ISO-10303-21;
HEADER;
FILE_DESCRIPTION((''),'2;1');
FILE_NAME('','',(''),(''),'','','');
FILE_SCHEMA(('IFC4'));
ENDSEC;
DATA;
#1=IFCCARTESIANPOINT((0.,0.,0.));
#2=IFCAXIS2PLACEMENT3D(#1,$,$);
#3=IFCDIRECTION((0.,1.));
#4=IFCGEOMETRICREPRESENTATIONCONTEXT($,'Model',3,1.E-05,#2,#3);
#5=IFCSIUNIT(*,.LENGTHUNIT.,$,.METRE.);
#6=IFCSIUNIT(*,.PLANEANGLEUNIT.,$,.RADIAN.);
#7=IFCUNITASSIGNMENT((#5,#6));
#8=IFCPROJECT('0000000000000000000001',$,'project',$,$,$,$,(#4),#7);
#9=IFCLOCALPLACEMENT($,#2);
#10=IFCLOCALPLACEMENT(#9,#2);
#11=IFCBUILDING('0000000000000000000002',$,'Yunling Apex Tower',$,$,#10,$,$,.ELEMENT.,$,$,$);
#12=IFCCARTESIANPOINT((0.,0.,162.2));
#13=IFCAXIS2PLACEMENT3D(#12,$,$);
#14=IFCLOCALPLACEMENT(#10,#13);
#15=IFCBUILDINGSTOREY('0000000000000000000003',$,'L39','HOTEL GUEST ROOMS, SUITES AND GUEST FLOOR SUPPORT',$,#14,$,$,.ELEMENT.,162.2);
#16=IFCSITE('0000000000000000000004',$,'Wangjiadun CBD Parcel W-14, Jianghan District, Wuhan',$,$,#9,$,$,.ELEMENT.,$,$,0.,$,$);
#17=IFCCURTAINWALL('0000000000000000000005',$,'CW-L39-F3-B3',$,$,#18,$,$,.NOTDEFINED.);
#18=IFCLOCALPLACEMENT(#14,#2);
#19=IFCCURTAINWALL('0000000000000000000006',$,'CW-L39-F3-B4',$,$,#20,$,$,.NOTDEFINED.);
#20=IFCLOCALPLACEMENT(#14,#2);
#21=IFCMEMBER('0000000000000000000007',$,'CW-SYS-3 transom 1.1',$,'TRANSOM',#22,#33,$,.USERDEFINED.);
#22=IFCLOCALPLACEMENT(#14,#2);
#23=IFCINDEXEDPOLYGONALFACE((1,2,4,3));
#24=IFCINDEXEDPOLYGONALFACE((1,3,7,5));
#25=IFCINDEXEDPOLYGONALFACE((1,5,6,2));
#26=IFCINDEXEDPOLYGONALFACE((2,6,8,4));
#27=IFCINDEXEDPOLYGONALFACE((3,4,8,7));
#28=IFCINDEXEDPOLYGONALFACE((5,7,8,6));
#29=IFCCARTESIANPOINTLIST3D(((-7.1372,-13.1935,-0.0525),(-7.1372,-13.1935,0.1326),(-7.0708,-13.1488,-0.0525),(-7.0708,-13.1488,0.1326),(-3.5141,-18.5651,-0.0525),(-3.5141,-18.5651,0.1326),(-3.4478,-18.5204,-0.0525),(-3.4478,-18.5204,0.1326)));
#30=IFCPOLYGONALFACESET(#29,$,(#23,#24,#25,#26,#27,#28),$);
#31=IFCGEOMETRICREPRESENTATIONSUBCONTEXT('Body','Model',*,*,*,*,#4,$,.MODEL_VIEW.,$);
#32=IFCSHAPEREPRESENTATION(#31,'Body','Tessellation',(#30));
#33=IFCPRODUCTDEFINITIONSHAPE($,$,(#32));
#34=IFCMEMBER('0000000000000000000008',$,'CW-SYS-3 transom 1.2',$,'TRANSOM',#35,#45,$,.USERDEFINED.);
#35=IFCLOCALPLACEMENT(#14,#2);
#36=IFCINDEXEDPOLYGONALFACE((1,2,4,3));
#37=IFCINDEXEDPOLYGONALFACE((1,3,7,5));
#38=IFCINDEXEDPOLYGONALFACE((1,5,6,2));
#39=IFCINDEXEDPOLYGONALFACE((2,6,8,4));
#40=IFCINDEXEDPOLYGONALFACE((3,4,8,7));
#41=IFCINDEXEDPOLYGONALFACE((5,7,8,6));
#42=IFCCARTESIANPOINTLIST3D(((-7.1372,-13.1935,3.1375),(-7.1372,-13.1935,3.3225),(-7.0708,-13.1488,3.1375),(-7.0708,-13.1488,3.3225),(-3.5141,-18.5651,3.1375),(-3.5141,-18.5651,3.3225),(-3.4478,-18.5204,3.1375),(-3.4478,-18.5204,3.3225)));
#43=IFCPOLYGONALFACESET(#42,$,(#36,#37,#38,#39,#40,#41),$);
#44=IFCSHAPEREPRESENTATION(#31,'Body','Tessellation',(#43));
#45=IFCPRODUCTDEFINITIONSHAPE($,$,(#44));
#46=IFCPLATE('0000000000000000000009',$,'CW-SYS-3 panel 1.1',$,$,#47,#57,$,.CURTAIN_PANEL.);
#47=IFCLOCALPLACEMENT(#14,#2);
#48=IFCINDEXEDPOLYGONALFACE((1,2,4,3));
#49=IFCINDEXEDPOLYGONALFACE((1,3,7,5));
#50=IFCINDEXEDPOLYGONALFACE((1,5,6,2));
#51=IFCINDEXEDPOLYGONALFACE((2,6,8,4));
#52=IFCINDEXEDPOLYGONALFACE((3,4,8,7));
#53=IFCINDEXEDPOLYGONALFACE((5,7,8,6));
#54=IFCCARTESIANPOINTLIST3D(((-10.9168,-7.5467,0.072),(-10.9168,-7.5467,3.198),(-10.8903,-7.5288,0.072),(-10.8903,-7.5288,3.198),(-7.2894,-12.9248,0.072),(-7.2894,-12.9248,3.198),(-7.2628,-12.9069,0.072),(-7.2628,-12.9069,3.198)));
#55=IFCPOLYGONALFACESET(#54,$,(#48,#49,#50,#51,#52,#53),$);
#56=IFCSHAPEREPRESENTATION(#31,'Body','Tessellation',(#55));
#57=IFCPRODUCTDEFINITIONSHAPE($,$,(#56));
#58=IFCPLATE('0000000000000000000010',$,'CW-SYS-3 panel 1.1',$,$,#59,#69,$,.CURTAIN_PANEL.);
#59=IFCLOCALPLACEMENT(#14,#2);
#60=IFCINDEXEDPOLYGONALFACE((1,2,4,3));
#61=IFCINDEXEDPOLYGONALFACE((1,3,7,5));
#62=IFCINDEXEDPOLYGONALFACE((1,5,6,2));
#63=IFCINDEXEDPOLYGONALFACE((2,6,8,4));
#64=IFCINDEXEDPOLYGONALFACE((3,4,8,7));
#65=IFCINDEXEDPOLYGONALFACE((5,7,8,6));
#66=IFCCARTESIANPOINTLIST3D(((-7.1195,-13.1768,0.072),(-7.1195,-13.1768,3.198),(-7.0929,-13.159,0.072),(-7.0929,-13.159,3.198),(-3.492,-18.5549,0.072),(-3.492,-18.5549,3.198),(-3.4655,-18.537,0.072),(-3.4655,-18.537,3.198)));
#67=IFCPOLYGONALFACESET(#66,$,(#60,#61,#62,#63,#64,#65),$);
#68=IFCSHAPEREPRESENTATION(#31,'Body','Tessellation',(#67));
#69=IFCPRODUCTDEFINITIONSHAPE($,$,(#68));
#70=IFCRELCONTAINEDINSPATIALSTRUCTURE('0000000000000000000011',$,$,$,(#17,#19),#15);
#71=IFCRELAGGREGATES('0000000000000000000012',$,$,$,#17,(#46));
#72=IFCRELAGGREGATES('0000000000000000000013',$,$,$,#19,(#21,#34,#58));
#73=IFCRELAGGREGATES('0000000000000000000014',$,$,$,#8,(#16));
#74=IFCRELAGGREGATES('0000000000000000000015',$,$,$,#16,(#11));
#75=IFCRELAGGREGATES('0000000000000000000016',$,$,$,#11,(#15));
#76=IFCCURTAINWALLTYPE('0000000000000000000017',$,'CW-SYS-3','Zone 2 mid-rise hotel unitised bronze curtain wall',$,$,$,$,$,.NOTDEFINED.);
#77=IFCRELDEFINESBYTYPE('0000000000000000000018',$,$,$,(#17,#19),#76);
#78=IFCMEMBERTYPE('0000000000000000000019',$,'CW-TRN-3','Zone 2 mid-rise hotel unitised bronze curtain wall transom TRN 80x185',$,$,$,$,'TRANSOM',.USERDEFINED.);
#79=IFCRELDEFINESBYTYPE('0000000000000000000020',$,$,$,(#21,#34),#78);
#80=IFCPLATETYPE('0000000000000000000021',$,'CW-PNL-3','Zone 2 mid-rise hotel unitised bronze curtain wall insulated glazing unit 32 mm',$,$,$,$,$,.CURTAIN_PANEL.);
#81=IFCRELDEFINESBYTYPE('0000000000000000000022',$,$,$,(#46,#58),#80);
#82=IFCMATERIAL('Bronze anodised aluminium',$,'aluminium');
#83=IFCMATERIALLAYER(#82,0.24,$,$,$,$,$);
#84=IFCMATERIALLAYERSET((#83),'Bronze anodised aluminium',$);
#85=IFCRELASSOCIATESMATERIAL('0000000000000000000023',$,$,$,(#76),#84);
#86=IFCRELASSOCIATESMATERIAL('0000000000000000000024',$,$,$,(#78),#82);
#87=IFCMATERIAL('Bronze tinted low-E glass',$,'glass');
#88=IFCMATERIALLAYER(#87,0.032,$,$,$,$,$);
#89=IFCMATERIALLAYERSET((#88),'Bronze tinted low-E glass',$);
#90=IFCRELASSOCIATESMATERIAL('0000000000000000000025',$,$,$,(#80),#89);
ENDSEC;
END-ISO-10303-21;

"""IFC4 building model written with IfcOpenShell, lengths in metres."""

from ifc_helpers import new_model, si_unit, direction, frame, origin, origin_2d, place, context, subcontext, project, spatial, rectangle, extrude, source, transform, mapped, material, layer, layer_set, material_profile, profile_set, type_object, element, aggregate, save


model = new_model("IFC4")

# Units and contexts
model_context = context("Model", 3, precision=1e-05, world=origin(), true_north=direction((0.0, 1.0)))
body_context = subcontext(model_context, "Body", "Model", "MODEL_VIEW")
ifc_project = project(units=[si_unit("LENGTHUNIT", "METRE"), si_unit("PLANEANGLEUNIT", "RADIAN")], contexts=[model_context])

# Site, building, storey
site_placement = place(None, origin())
site = spatial("IfcSite", under=ifc_project, at=site_placement, Name="Wangjiadun CBD Parcel W-14, Jianghan District, Wuhan", CompositionType="ELEMENT", RefElevation=0.0)
building_placement = place(site_placement, origin())
building = spatial("IfcBuilding", under=site, at=building_placement, Name="Yunling Apex Tower", CompositionType="ELEMENT")
storey_placement = place(building_placement, frame((0.0, 0.0, 162.2)))
storey = spatial("IfcBuildingStorey", under=building, at=storey_placement, Name="L39", Description="HOTEL GUEST ROOMS, SUITES AND GUEST FLOOR SUPPORT", CompositionType="ELEMENT", Elevation=162.2)

# Curtain wall
ifc_material_1 = material(Name="Bronze anodised aluminium", Category="aluminium")
ifc_layer_1 = layer(ifc_material_1, 0.24)
ifc_layer_set_1 = layer_set([ifc_layer_1], Name="Bronze anodised aluminium")
curtain_wall_type = type_object("IfcCurtainWallType", Name="CW-SYS-3", Description="Zone 2 mid-rise hotel unitised bronze curtain wall", PredefinedType="NOTDEFINED", material=ifc_layer_set_1)
curtain_wall_1_placement = place(storey_placement, origin())
curtain_wall_1 = element("IfcCurtainWall", 1, at=curtain_wall_1_placement, inside=storey, type_object=curtain_wall_type, Name="CW-L39-F3-B3", PredefinedType="NOTDEFINED")

# Curtain wall
curtain_wall_2_placement = place(storey_placement, origin())
curtain_wall_2 = element("IfcCurtainWall", 2, at=curtain_wall_2_placement, inside=storey, type_object=curtain_wall_type, Name="CW-L39-F3-B4", PredefinedType="NOTDEFINED")
ifc_material_profile_1 = material_profile(ifc_material_1, rectangle(XDim=0.0801, YDim=0.1851, at=origin_2d()))
ifc_profile_set_1 = profile_set([ifc_material_profile_1], Name="Bronze anodised aluminium")
member_type_1 = type_object("IfcMemberType", Name="CW-TRN-3", Description="Zone 2 mid-rise hotel unitised bronze curtain wall transom TRN 80x185", ElementType="TRANSOM", PredefinedType="USERDEFINED", material=ifc_profile_set_1)

# Members
shared_shape_1 = source(origin(), body_context, "Body", "SweptSolid", [
    extrude(rectangle(XDim=0.0801, YDim=0.1851, at=origin_2d()), origin(), (0.0, 0.0, 1.0), 6.4792),
])
member_1_placement = place(storey_placement, frame((-7.104, -13.1711, 0.04), z_axis=(0.559179, -0.829047, 0.0), x_axis=(0.829047, 0.559179, 0.0)))
member_1 = element("IfcMember", 3, at=member_1_placement, type_object=member_type_1, Name="CW-SYS-3 transom 1.1", ObjectType="TRANSOM", PredefinedType="USERDEFINED", context=body_context, shape_type="MappedRepresentation", body=[
    mapped(shared_shape_1, transform((0.0, 0.0, 0.0), scale=1.0)),
])
member_2_placement = place(storey_placement, frame((-7.104, -13.1711, 3.23), z_axis=(0.559179, -0.829047, 0.0), x_axis=(0.829047, 0.559179, 0.0)))
member_2 = element("IfcMember", 4, at=member_2_placement, type_object=member_type_1, Name="CW-SYS-3 transom 1.2", ObjectType="TRANSOM", PredefinedType="USERDEFINED", context=body_context, shape_type="MappedRepresentation", body=[
    mapped(shared_shape_1, transform((0.0, 0.0, 0.0), scale=1.0)),
])

# Plates
ifc_material_2 = material(Name="Bronze tinted low-E glass", Category="glass")
ifc_layer_2 = layer(ifc_material_2, 0.032)
ifc_layer_set_2 = layer_set([ifc_layer_2], Name="Bronze tinted low-E glass")
plate_type = type_object("IfcPlateType", Name="CW-PNL-3", Description="Zone 2 mid-rise hotel unitised bronze curtain wall insulated glazing unit 32 mm", PredefinedType="CURTAIN_PANEL", material=ifc_layer_set_2)
shared_shape_2 = source(origin(), body_context, "Body", "SweptSolid", [
    extrude(rectangle(XDim=6.4871, YDim=0.032, at=origin_2d()), origin(), (0.0, 0.0, 1.0), 3.126),
])
plate_1_placement = place(storey_placement, frame((-9.0898, -10.2268, 0.072), z_axis=(0.0, 0.0, 1.0), x_axis=(0.559188, -0.829041, 0.0)))
plate_1 = element("IfcPlate", 5, at=plate_1_placement, type_object=plate_type, Name="CW-SYS-3 panel 1.1", PredefinedType="CURTAIN_PANEL", context=body_context, shape_type="MappedRepresentation", body=[
    mapped(shared_shape_2, transform((0.0, 0.0, 0.0), scale=1.0)),
])
aggregate(curtain_wall_1, [plate_1])
plate_2_placement = place(storey_placement, frame((-5.2925, -15.8569, 0.072), z_axis=(0.0, 0.0, 1.0), x_axis=(0.559181, -0.829045, 0.0)))
plate_2 = element("IfcPlate", 6, at=plate_2_placement, type_object=plate_type, Name="CW-SYS-3 panel 1.1", PredefinedType="CURTAIN_PANEL", context=body_context, shape_type="MappedRepresentation", body=[
    mapped(shared_shape_2, transform((0.0, 0.0, 0.0), scale=1.0)),
])
aggregate(curtain_wall_2, [member_1, member_2, plate_2])

save(model, "model.ifc")
